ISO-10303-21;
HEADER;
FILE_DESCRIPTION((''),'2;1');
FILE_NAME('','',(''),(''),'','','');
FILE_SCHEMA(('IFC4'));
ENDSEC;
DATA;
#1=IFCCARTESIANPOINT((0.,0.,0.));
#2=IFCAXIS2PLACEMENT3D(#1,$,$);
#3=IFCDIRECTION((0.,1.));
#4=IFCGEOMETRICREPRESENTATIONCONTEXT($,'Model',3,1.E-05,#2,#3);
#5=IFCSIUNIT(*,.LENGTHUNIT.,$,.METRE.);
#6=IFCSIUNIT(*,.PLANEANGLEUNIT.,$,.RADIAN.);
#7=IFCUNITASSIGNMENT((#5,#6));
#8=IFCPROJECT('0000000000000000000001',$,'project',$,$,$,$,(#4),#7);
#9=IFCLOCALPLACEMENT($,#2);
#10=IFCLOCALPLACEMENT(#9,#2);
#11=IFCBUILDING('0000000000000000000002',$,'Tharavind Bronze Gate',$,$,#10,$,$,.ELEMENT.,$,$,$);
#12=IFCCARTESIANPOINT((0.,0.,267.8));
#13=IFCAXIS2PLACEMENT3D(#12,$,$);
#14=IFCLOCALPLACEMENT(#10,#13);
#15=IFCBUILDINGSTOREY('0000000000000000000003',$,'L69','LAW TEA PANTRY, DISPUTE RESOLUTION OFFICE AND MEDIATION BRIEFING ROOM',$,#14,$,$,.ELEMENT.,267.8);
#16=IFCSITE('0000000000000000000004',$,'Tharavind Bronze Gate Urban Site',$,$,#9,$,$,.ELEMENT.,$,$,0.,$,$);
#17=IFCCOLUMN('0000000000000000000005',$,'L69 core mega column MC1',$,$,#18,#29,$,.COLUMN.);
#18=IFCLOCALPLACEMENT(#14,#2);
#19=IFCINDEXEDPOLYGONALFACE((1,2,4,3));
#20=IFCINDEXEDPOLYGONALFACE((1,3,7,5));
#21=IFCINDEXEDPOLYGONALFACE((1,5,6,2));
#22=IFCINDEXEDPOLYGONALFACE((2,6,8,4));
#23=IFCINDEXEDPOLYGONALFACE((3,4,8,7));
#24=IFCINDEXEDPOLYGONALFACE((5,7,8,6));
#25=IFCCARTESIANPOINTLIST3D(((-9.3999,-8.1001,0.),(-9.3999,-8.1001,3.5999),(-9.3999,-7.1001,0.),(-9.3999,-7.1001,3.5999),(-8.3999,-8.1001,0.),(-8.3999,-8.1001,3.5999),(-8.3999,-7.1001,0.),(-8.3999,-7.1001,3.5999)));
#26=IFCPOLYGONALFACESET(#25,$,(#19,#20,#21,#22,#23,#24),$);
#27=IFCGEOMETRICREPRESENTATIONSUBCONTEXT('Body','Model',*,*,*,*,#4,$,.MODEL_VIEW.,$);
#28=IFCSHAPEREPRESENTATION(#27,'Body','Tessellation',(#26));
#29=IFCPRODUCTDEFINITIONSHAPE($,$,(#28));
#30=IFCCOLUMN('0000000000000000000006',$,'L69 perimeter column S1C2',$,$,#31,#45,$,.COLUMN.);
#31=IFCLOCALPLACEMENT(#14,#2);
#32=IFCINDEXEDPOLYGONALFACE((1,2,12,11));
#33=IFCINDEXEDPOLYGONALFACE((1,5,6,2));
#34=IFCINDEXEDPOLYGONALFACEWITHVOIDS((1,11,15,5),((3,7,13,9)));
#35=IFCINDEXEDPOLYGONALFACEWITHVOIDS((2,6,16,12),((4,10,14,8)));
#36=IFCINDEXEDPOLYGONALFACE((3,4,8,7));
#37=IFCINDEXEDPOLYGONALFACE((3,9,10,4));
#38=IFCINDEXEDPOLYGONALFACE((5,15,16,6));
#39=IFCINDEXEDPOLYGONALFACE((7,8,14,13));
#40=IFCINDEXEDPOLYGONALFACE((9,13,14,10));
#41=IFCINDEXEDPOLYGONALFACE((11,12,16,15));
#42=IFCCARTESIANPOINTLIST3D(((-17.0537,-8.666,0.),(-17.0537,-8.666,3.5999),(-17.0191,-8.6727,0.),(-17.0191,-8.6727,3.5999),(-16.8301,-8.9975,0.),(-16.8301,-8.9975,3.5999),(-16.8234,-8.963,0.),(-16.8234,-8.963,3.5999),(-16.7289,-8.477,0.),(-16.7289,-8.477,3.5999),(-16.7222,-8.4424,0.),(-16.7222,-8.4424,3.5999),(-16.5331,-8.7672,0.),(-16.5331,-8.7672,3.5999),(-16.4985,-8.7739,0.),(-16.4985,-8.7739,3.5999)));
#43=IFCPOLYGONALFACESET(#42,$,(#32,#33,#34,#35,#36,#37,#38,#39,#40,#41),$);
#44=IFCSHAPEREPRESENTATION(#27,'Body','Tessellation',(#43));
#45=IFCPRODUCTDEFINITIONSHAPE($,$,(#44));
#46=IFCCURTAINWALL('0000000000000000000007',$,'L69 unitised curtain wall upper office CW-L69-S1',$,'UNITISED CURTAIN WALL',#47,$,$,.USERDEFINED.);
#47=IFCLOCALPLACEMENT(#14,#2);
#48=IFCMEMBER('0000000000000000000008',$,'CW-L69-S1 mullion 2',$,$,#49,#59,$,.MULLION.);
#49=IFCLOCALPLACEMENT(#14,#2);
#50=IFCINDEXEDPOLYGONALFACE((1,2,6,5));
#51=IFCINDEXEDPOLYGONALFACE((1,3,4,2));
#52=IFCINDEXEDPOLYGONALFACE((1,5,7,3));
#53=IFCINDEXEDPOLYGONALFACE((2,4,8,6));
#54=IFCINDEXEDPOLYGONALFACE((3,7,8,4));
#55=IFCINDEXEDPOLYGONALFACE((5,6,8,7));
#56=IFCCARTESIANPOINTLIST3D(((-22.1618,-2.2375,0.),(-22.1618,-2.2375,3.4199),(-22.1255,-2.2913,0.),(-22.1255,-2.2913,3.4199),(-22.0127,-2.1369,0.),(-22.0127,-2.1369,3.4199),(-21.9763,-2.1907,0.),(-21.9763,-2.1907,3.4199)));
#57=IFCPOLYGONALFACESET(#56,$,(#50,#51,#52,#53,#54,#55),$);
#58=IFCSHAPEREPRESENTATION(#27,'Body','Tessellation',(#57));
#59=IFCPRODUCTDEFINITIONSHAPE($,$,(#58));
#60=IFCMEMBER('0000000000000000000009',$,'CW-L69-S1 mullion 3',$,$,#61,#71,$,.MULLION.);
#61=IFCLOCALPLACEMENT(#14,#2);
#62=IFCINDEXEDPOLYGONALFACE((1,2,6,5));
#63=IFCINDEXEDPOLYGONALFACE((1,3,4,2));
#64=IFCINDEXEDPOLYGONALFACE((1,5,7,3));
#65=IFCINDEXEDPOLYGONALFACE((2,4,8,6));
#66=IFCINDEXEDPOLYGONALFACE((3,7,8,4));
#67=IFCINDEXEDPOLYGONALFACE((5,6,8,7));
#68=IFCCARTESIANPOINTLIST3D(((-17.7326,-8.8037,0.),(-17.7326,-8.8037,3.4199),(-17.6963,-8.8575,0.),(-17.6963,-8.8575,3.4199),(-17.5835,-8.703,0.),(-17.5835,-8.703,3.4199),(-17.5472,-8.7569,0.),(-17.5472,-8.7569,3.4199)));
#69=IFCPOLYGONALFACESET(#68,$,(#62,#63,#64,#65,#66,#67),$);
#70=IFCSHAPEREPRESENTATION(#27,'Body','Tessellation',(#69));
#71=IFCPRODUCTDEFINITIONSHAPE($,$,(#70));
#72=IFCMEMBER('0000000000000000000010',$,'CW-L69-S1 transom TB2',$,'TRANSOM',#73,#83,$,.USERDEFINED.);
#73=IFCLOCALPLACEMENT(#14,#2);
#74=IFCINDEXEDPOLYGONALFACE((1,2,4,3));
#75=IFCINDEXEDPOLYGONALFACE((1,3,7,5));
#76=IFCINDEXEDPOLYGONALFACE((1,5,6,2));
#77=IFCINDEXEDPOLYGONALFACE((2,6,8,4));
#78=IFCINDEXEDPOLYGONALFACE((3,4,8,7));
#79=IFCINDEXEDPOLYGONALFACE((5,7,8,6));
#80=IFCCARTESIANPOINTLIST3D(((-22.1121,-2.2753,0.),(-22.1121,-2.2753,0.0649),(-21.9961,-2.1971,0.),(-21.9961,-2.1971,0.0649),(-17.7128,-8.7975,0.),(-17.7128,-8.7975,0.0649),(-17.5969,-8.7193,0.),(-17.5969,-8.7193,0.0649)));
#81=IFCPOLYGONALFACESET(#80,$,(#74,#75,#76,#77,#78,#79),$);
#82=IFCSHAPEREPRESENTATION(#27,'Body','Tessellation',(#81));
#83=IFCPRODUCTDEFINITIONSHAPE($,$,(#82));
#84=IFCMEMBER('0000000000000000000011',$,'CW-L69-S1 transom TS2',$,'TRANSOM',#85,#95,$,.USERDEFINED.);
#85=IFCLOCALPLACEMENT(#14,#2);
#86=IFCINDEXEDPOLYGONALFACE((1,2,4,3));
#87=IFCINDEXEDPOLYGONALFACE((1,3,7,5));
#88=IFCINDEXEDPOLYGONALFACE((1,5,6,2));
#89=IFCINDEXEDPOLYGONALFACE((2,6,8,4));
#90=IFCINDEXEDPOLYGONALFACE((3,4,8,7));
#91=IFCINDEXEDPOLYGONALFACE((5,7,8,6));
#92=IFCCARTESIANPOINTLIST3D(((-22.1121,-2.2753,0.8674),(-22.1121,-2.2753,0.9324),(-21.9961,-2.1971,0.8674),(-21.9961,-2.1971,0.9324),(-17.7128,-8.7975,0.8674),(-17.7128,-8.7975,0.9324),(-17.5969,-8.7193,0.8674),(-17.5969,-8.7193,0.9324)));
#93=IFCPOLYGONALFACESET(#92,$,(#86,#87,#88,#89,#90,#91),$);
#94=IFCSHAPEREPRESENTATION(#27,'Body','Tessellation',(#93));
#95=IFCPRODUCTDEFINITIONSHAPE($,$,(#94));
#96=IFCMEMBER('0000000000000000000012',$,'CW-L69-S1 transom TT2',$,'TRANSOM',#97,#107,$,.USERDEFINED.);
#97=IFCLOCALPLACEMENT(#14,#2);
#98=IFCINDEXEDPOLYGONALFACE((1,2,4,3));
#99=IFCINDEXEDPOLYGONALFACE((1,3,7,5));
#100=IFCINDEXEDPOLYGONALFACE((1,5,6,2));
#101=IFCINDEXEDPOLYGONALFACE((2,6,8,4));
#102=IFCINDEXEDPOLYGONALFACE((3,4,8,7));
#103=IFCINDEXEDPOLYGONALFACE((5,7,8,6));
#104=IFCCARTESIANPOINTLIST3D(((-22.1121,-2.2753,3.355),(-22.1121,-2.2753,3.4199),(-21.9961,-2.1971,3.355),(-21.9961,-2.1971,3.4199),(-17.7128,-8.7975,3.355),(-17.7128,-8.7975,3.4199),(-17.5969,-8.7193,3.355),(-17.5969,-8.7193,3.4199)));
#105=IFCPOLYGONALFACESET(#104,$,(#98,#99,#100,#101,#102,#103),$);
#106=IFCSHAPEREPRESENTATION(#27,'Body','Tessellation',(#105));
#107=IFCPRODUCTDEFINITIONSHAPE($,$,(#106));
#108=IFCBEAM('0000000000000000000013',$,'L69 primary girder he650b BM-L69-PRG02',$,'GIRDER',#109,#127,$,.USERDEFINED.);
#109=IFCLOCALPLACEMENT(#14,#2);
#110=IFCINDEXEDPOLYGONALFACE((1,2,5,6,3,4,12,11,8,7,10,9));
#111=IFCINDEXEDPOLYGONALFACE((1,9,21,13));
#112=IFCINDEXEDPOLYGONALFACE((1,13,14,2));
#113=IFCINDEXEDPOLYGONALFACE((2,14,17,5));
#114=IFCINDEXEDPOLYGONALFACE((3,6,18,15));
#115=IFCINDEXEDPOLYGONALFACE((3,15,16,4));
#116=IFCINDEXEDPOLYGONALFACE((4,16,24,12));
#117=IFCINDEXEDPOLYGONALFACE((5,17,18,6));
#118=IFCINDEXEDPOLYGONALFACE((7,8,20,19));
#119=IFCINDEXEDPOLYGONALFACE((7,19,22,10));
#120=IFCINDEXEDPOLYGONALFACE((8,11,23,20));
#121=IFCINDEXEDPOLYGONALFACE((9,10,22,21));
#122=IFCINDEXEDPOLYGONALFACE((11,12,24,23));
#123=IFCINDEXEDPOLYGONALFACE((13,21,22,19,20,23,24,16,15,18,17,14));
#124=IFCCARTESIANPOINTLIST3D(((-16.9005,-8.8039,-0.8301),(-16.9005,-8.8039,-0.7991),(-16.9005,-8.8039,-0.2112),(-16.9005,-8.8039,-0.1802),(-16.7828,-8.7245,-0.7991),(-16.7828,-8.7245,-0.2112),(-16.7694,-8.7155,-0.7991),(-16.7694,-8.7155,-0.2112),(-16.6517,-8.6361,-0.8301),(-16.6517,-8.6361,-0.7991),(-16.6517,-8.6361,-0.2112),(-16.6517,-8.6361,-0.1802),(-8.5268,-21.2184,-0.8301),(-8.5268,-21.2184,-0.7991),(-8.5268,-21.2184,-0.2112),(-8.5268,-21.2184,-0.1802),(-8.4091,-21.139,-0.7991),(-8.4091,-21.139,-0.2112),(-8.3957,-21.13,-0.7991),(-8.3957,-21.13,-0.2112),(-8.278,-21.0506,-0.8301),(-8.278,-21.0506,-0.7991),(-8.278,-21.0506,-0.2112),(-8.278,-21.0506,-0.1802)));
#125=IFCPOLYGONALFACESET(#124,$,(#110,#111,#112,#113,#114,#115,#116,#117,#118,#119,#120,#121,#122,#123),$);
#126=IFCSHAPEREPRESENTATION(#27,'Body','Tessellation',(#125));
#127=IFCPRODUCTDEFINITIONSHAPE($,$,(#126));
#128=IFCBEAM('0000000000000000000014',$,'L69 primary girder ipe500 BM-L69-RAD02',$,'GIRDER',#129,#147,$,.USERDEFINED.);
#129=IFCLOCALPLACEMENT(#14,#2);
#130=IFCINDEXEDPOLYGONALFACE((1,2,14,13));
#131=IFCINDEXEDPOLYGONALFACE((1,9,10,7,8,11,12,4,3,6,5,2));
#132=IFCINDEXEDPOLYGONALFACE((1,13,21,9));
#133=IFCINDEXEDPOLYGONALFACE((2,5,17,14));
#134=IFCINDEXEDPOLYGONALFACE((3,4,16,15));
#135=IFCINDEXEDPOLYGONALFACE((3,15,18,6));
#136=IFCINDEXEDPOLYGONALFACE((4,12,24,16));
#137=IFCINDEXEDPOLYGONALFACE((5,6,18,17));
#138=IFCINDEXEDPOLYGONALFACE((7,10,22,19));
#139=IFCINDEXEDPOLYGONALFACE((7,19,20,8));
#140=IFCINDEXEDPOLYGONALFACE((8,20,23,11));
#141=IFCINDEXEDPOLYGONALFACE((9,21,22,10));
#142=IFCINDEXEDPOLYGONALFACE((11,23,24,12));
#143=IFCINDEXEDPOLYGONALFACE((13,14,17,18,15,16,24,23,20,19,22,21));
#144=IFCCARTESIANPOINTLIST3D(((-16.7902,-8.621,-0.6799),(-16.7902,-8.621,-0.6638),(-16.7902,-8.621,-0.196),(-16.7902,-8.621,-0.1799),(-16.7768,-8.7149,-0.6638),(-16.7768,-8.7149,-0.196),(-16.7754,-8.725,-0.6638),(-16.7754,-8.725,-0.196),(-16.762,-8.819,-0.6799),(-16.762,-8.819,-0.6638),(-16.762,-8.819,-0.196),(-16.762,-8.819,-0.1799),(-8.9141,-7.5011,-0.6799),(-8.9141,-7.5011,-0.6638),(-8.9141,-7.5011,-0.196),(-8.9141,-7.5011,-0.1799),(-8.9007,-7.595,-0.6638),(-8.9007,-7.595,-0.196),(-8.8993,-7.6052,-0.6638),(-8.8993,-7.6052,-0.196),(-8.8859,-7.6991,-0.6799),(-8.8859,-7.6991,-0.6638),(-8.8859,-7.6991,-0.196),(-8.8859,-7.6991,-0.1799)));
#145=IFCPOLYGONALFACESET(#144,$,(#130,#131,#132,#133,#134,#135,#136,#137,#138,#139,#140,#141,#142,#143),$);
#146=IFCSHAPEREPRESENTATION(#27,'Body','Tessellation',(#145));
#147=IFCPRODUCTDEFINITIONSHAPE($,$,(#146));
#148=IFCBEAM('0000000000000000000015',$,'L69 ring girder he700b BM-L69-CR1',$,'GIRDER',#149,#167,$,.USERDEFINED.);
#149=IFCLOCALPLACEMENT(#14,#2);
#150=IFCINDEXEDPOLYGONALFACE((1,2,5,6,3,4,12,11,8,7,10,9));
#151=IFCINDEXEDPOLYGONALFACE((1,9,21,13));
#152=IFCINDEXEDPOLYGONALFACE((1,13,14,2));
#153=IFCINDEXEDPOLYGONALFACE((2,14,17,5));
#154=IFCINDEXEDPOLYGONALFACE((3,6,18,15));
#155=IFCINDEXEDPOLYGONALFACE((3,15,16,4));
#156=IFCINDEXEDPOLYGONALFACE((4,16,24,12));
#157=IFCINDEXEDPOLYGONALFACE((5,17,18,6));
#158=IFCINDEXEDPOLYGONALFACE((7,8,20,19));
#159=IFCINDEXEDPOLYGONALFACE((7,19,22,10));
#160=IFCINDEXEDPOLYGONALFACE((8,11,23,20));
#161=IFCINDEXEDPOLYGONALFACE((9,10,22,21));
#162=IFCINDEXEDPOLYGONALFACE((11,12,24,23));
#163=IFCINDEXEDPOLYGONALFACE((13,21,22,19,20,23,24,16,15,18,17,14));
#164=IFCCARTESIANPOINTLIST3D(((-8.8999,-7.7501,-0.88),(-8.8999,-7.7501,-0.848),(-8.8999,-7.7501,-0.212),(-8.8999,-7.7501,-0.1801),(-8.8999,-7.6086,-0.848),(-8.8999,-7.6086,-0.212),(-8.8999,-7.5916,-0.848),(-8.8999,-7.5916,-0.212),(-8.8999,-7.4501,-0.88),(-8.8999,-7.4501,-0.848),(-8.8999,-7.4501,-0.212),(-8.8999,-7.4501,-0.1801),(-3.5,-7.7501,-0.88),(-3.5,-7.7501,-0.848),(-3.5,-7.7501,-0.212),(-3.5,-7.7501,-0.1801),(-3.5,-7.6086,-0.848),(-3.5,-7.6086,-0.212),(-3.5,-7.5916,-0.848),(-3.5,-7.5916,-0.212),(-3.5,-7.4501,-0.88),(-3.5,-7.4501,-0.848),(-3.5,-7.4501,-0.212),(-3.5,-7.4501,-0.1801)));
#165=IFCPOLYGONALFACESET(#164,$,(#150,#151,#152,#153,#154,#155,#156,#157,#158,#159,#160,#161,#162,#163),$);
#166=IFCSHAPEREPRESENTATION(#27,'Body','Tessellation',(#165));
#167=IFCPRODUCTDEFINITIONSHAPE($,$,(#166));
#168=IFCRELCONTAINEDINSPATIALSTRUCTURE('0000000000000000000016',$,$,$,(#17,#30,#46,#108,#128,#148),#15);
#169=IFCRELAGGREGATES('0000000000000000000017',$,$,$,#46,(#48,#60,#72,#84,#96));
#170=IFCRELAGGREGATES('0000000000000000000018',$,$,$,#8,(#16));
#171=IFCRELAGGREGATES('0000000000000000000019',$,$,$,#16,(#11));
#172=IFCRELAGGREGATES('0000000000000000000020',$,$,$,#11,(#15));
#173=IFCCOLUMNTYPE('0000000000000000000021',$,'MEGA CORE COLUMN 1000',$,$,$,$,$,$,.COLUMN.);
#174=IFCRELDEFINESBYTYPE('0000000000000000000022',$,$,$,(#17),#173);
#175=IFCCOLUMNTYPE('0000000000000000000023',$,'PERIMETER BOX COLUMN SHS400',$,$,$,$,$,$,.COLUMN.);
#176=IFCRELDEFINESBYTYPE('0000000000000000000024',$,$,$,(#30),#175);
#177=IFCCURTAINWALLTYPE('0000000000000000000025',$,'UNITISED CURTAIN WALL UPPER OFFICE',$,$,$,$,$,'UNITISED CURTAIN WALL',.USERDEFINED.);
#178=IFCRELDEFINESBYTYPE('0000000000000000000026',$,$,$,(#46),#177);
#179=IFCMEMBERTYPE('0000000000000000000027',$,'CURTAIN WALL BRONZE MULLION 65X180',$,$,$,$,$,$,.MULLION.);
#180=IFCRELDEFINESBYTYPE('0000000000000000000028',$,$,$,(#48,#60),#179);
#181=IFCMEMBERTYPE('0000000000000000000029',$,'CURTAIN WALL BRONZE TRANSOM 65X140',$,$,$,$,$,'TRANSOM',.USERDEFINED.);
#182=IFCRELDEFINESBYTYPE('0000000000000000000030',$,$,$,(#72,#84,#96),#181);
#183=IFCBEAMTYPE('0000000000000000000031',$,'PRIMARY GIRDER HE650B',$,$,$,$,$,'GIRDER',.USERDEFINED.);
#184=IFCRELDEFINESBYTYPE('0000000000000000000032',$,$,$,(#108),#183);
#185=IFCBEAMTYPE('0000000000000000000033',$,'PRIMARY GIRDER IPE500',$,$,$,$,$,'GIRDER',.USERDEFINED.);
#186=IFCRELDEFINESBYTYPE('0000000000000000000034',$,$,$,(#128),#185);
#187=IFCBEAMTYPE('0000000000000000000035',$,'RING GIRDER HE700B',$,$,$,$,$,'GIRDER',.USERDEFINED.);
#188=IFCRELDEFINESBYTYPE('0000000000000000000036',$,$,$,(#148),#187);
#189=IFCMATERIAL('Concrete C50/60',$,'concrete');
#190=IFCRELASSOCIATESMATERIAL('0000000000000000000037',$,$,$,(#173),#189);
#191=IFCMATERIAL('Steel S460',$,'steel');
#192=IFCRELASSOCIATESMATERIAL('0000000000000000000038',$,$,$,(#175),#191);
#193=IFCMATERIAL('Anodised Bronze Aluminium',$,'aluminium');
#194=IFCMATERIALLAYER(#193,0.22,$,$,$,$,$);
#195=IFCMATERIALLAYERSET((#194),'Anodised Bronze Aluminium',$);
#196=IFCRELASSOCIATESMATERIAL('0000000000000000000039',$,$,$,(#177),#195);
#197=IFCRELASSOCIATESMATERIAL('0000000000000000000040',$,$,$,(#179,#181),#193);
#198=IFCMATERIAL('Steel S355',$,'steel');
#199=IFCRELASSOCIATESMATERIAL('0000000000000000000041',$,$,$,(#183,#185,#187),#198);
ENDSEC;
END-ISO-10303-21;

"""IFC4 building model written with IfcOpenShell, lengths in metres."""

from ifc_helpers import new_model, si_unit, direction, frame, origin, origin_2d, place, context, subcontext, project, spatial, rectangle, hollow_rectangle, i_section, extrude, material, layer, layer_set, material_profile, profile_set, type_object, element, aggregate, save


model = new_model("IFC4")

# Units and contexts
model_context = context("Model", 3, precision=1e-05, world=origin(), true_north=direction((0.0, 1.0)))
body_context = subcontext(model_context, "Body", "Model", "MODEL_VIEW")
ifc_project = project(units=[si_unit("LENGTHUNIT", "METRE"), si_unit("PLANEANGLEUNIT", "RADIAN")], contexts=[model_context])

# Site, building, storey
site_placement = place(None, origin())
site = spatial("IfcSite", under=ifc_project, at=site_placement, Name="Tharavind Bronze Gate Urban Site", CompositionType="ELEMENT", RefElevation=0.0)
building_placement = place(site_placement, origin())
building = spatial("IfcBuilding", under=site, at=building_placement, Name="Tharavind Bronze Gate", CompositionType="ELEMENT")
storey_placement = place(building_placement, frame((0.0, 0.0, 267.8)))
storey = spatial("IfcBuildingStorey", under=building, at=storey_placement, Name="L69", Description="LAW TEA PANTRY, DISPUTE RESOLUTION OFFICE AND MEDIATION BRIEFING ROOM", CompositionType="ELEMENT", Elevation=267.8)

# Columns
ifc_material_1 = material(Name="Concrete C50/60", Category="concrete")
ifc_material_profile_1 = material_profile(ifc_material_1, rectangle(XDim=1.0, YDim=1.0, at=origin_2d()), Name="RCCOL1000")
ifc_profile_set_1 = profile_set([ifc_material_profile_1], Name="Concrete C50/60")
column_type_1 = type_object("IfcColumnType", Name="MEGA CORE COLUMN 1000", PredefinedType="COLUMN", material=ifc_profile_set_1)
column_1_placement = place(storey_placement, frame((-8.8999, -7.6001, 0.0), z_axis=(0.0, 0.0, 1.0), x_axis=(1.0, 0.0, 0.0)))
element("IfcColumn", 1, at=column_1_placement, inside=storey, type_object=column_type_1, Name="L69 core mega column MC1", PredefinedType="COLUMN", context=body_context, shape_type="SweptSolid", body=[
    extrude(rectangle(XDim=1.0, YDim=1.0, at=origin_2d()), origin(), (0.0, 0.0, 1.0), 3.5999),
])
ifc_material_2 = material(Name="Steel S460", Category="steel")
ifc_material_profile_2 = material_profile(ifc_material_2, hollow_rectangle(XDim=0.3999, YDim=0.3999, WallThickness=0.0249, at=origin_2d()), Name="SHS400X25")
ifc_profile_set_2 = profile_set([ifc_material_profile_2], Name="Steel S460")
column_type_2 = type_object("IfcColumnType", Name="PERIMETER BOX COLUMN SHS400", PredefinedType="COLUMN", material=ifc_profile_set_2)
column_2_placement = place(storey_placement, frame((-16.7761, -8.72, 0.0), z_axis=(0.0, 0.0, 1.0), x_axis=(-0.559193, 0.829038, 0.0)))
element("IfcColumn", 2, at=column_2_placement, inside=storey, type_object=column_type_2, Name="L69 perimeter column S1C2", PredefinedType="COLUMN", context=body_context, shape_type="SweptSolid", body=[
    extrude(hollow_rectangle(XDim=0.3999, YDim=0.3999, WallThickness=0.0249, at=origin_2d()), origin(), (0.0, 0.0, 1.0), 3.5999),
])

# Curtain wall, members
ifc_material_3 = material(Name="Anodised Bronze Aluminium", Category="aluminium")
ifc_layer_1 = layer(ifc_material_3, 0.22)
ifc_layer_set_1 = layer_set([ifc_layer_1], Name="Anodised Bronze Aluminium")
curtain_wall_type = type_object("IfcCurtainWallType", Name="UNITISED CURTAIN WALL UPPER OFFICE", ElementType="UNITISED CURTAIN WALL", PredefinedType="USERDEFINED", material=ifc_layer_set_1)
curtain_wall_placement = place(storey_placement, origin())
curtain_wall = element("IfcCurtainWall", 3, at=curtain_wall_placement, inside=storey, type_object=curtain_wall_type, Name="L69 unitised curtain wall upper office CW-L69-S1", ObjectType="UNITISED CURTAIN WALL", PredefinedType="USERDEFINED")
member_type_1 = type_object("IfcMemberType", Name="CURTAIN WALL BRONZE MULLION 65X180", PredefinedType="MULLION", material=ifc_material_3)
member_1_placement = place(storey_placement, frame((-22.0691, -2.2141, 0.0), z_axis=(0.0, 0.0, 1.0), x_axis=(0.559191, -0.829039, 0.0)))
member_1 = element("IfcMember", 4, at=member_1_placement, type_object=member_type_1, Name="CW-L69-S1 mullion 2", PredefinedType="MULLION", context=body_context, shape_type="SweptSolid", body=[
    extrude(rectangle(XDim=0.0649, YDim=0.1799, at=origin_2d()), origin(), (0.0, 0.0, 1.0), 3.4199),
])
member_2_placement = place(storey_placement, frame((-17.6399, -8.7803, 0.0), z_axis=(0.0, 0.0, 1.0), x_axis=(0.559191, -0.829039, 0.0)))
member_2 = element("IfcMember", 5, at=member_2_placement, type_object=member_type_1, Name="CW-L69-S1 mullion 3", PredefinedType="MULLION", context=body_context, shape_type="SweptSolid", body=[
    extrude(rectangle(XDim=0.0649, YDim=0.1799, at=origin_2d()), origin(), (0.0, 0.0, 1.0), 3.4199),
])
member_type_2 = type_object("IfcMemberType", Name="CURTAIN WALL BRONZE TRANSOM 65X140", ElementType="TRANSOM", PredefinedType="USERDEFINED", material=ifc_material_3)
member_3_placement = place(storey_placement, frame((-19.8545, -5.4973, 0.0), z_axis=(0.0, 0.0, 1.0), x_axis=(0.559191, -0.829039, 0.0)))
member_3 = element("IfcMember", 6, at=member_3_placement, type_object=member_type_2, Name="CW-L69-S1 transom TB2", ObjectType="TRANSOM", PredefinedType="USERDEFINED", context=body_context, shape_type="SweptSolid", body=[
    extrude(rectangle(XDim=7.8672, YDim=0.1399, at=origin_2d()), origin(), (0.0, 0.0, 1.0), 0.0649),
])
member_4_placement = place(storey_placement, frame((-19.8545, -5.4973, 0.8674), z_axis=(0.0, 0.0, 1.0), x_axis=(0.559191, -0.829039, 0.0)))
member_4 = element("IfcMember", 7, at=member_4_placement, type_object=member_type_2, Name="CW-L69-S1 transom TS2", ObjectType="TRANSOM", PredefinedType="USERDEFINED", context=body_context, shape_type="SweptSolid", body=[
    extrude(rectangle(XDim=7.8672, YDim=0.1399, at=origin_2d()), origin(), (0.0, 0.0, 1.0), 0.0649),
])
member_5_placement = place(storey_placement, frame((-19.8545, -5.4973, 3.355), z_axis=(0.0, 0.0, 1.0), x_axis=(0.559191, -0.829039, 0.0)))
member_5 = element("IfcMember", 8, at=member_5_placement, type_object=member_type_2, Name="CW-L69-S1 transom TT2", ObjectType="TRANSOM", PredefinedType="USERDEFINED", context=body_context, shape_type="SweptSolid", body=[
    extrude(rectangle(XDim=7.8672, YDim=0.1399, at=origin_2d()), origin(), (0.0, 0.0, 1.0), 0.0649),
])

# Beams
ifc_material_4 = material(Name="Steel S355", Category="steel")
ifc_material_profile_3 = material_profile(ifc_material_4, i_section(OverallWidth=0.3, OverallDepth=0.6499, WebThickness=0.0161, FlangeThickness=0.031, at=origin_2d()), Name="HE650B")
ifc_profile_set_3 = profile_set([ifc_material_profile_3], Name="Steel S355")
beam_type_1 = type_object("IfcBeamType", Name="PRIMARY GIRDER HE650B", ElementType="GIRDER", PredefinedType="USERDEFINED", material=ifc_profile_set_3)
beam_1_placement = place(storey_placement, frame((-16.7761, -8.72, -0.5051), z_axis=(0.559196, -0.829036, 0.0), x_axis=(0.829036, 0.559196, 0.0)))
element("IfcBeam", 9, at=beam_1_placement, inside=storey, type_object=beam_type_1, Name="L69 primary girder he650b BM-L69-PRG02", ObjectType="GIRDER", PredefinedType="USERDEFINED", context=body_context, shape_type="SweptSolid", body=[
    extrude(i_section(OverallWidth=0.3, OverallDepth=0.6499, WebThickness=0.0161, FlangeThickness=0.031, at=origin_2d()), origin(), (0.0, 0.0, 1.0), 14.9746),
])
ifc_material_profile_4 = material_profile(ifc_material_4, i_section(OverallWidth=0.2, OverallDepth=0.5, WebThickness=0.0103, FlangeThickness=0.0161, at=origin_2d()), Name="IPE500")
ifc_profile_set_4 = profile_set([ifc_material_profile_4], Name="Steel S355")
beam_type_2 = type_object("IfcBeamType", Name="PRIMARY GIRDER IPE500", ElementType="GIRDER", PredefinedType="USERDEFINED", material=ifc_profile_set_4)
beam_2_placement = place(storey_placement, frame((-16.7761, -8.72, -0.4299), z_axis=(0.990043, 0.140768, 0.0), x_axis=(-0.140768, 0.990043, 0.0)))
element("IfcBeam", 10, at=beam_2_placement, inside=storey, type_object=beam_type_2, Name="L69 primary girder ipe500 BM-L69-RAD02", ObjectType="GIRDER", PredefinedType="USERDEFINED", context=body_context, shape_type="SweptSolid", body=[
    extrude(i_section(OverallWidth=0.2, OverallDepth=0.5, WebThickness=0.0103, FlangeThickness=0.0161, at=origin_2d()), origin(), (0.0, 0.0, 1.0), 7.9553),
])
ifc_material_profile_5 = material_profile(ifc_material_4, i_section(OverallWidth=0.3, OverallDepth=0.7, WebThickness=0.0171, FlangeThickness=0.032, at=origin_2d()), Name="HE700B")
ifc_profile_set_5 = profile_set([ifc_material_profile_5], Name="Steel S355")
beam_type_3 = type_object("IfcBeamType", Name="RING GIRDER HE700B", ElementType="GIRDER", PredefinedType="USERDEFINED", material=ifc_profile_set_5)
beam_3_placement = place(storey_placement, frame((-8.8999, -7.6001, -0.53), z_axis=(1.0, 0.0, 0.0), x_axis=(0.0, 1.0, 0.0)))
element("IfcBeam", 11, at=beam_3_placement, inside=storey, type_object=beam_type_3, Name="L69 ring girder he700b BM-L69-CR1", ObjectType="GIRDER", PredefinedType="USERDEFINED", context=body_context, shape_type="SweptSolid", body=[
    extrude(i_section(OverallWidth=0.3, OverallDepth=0.7, WebThickness=0.0171, FlangeThickness=0.032, at=origin_2d()), origin(), (0.0, 0.0, 1.0), 5.3999),
])

aggregate(curtain_wall, [member_1, member_2, member_3, member_4, member_5])

save(model, "model.ifc")
